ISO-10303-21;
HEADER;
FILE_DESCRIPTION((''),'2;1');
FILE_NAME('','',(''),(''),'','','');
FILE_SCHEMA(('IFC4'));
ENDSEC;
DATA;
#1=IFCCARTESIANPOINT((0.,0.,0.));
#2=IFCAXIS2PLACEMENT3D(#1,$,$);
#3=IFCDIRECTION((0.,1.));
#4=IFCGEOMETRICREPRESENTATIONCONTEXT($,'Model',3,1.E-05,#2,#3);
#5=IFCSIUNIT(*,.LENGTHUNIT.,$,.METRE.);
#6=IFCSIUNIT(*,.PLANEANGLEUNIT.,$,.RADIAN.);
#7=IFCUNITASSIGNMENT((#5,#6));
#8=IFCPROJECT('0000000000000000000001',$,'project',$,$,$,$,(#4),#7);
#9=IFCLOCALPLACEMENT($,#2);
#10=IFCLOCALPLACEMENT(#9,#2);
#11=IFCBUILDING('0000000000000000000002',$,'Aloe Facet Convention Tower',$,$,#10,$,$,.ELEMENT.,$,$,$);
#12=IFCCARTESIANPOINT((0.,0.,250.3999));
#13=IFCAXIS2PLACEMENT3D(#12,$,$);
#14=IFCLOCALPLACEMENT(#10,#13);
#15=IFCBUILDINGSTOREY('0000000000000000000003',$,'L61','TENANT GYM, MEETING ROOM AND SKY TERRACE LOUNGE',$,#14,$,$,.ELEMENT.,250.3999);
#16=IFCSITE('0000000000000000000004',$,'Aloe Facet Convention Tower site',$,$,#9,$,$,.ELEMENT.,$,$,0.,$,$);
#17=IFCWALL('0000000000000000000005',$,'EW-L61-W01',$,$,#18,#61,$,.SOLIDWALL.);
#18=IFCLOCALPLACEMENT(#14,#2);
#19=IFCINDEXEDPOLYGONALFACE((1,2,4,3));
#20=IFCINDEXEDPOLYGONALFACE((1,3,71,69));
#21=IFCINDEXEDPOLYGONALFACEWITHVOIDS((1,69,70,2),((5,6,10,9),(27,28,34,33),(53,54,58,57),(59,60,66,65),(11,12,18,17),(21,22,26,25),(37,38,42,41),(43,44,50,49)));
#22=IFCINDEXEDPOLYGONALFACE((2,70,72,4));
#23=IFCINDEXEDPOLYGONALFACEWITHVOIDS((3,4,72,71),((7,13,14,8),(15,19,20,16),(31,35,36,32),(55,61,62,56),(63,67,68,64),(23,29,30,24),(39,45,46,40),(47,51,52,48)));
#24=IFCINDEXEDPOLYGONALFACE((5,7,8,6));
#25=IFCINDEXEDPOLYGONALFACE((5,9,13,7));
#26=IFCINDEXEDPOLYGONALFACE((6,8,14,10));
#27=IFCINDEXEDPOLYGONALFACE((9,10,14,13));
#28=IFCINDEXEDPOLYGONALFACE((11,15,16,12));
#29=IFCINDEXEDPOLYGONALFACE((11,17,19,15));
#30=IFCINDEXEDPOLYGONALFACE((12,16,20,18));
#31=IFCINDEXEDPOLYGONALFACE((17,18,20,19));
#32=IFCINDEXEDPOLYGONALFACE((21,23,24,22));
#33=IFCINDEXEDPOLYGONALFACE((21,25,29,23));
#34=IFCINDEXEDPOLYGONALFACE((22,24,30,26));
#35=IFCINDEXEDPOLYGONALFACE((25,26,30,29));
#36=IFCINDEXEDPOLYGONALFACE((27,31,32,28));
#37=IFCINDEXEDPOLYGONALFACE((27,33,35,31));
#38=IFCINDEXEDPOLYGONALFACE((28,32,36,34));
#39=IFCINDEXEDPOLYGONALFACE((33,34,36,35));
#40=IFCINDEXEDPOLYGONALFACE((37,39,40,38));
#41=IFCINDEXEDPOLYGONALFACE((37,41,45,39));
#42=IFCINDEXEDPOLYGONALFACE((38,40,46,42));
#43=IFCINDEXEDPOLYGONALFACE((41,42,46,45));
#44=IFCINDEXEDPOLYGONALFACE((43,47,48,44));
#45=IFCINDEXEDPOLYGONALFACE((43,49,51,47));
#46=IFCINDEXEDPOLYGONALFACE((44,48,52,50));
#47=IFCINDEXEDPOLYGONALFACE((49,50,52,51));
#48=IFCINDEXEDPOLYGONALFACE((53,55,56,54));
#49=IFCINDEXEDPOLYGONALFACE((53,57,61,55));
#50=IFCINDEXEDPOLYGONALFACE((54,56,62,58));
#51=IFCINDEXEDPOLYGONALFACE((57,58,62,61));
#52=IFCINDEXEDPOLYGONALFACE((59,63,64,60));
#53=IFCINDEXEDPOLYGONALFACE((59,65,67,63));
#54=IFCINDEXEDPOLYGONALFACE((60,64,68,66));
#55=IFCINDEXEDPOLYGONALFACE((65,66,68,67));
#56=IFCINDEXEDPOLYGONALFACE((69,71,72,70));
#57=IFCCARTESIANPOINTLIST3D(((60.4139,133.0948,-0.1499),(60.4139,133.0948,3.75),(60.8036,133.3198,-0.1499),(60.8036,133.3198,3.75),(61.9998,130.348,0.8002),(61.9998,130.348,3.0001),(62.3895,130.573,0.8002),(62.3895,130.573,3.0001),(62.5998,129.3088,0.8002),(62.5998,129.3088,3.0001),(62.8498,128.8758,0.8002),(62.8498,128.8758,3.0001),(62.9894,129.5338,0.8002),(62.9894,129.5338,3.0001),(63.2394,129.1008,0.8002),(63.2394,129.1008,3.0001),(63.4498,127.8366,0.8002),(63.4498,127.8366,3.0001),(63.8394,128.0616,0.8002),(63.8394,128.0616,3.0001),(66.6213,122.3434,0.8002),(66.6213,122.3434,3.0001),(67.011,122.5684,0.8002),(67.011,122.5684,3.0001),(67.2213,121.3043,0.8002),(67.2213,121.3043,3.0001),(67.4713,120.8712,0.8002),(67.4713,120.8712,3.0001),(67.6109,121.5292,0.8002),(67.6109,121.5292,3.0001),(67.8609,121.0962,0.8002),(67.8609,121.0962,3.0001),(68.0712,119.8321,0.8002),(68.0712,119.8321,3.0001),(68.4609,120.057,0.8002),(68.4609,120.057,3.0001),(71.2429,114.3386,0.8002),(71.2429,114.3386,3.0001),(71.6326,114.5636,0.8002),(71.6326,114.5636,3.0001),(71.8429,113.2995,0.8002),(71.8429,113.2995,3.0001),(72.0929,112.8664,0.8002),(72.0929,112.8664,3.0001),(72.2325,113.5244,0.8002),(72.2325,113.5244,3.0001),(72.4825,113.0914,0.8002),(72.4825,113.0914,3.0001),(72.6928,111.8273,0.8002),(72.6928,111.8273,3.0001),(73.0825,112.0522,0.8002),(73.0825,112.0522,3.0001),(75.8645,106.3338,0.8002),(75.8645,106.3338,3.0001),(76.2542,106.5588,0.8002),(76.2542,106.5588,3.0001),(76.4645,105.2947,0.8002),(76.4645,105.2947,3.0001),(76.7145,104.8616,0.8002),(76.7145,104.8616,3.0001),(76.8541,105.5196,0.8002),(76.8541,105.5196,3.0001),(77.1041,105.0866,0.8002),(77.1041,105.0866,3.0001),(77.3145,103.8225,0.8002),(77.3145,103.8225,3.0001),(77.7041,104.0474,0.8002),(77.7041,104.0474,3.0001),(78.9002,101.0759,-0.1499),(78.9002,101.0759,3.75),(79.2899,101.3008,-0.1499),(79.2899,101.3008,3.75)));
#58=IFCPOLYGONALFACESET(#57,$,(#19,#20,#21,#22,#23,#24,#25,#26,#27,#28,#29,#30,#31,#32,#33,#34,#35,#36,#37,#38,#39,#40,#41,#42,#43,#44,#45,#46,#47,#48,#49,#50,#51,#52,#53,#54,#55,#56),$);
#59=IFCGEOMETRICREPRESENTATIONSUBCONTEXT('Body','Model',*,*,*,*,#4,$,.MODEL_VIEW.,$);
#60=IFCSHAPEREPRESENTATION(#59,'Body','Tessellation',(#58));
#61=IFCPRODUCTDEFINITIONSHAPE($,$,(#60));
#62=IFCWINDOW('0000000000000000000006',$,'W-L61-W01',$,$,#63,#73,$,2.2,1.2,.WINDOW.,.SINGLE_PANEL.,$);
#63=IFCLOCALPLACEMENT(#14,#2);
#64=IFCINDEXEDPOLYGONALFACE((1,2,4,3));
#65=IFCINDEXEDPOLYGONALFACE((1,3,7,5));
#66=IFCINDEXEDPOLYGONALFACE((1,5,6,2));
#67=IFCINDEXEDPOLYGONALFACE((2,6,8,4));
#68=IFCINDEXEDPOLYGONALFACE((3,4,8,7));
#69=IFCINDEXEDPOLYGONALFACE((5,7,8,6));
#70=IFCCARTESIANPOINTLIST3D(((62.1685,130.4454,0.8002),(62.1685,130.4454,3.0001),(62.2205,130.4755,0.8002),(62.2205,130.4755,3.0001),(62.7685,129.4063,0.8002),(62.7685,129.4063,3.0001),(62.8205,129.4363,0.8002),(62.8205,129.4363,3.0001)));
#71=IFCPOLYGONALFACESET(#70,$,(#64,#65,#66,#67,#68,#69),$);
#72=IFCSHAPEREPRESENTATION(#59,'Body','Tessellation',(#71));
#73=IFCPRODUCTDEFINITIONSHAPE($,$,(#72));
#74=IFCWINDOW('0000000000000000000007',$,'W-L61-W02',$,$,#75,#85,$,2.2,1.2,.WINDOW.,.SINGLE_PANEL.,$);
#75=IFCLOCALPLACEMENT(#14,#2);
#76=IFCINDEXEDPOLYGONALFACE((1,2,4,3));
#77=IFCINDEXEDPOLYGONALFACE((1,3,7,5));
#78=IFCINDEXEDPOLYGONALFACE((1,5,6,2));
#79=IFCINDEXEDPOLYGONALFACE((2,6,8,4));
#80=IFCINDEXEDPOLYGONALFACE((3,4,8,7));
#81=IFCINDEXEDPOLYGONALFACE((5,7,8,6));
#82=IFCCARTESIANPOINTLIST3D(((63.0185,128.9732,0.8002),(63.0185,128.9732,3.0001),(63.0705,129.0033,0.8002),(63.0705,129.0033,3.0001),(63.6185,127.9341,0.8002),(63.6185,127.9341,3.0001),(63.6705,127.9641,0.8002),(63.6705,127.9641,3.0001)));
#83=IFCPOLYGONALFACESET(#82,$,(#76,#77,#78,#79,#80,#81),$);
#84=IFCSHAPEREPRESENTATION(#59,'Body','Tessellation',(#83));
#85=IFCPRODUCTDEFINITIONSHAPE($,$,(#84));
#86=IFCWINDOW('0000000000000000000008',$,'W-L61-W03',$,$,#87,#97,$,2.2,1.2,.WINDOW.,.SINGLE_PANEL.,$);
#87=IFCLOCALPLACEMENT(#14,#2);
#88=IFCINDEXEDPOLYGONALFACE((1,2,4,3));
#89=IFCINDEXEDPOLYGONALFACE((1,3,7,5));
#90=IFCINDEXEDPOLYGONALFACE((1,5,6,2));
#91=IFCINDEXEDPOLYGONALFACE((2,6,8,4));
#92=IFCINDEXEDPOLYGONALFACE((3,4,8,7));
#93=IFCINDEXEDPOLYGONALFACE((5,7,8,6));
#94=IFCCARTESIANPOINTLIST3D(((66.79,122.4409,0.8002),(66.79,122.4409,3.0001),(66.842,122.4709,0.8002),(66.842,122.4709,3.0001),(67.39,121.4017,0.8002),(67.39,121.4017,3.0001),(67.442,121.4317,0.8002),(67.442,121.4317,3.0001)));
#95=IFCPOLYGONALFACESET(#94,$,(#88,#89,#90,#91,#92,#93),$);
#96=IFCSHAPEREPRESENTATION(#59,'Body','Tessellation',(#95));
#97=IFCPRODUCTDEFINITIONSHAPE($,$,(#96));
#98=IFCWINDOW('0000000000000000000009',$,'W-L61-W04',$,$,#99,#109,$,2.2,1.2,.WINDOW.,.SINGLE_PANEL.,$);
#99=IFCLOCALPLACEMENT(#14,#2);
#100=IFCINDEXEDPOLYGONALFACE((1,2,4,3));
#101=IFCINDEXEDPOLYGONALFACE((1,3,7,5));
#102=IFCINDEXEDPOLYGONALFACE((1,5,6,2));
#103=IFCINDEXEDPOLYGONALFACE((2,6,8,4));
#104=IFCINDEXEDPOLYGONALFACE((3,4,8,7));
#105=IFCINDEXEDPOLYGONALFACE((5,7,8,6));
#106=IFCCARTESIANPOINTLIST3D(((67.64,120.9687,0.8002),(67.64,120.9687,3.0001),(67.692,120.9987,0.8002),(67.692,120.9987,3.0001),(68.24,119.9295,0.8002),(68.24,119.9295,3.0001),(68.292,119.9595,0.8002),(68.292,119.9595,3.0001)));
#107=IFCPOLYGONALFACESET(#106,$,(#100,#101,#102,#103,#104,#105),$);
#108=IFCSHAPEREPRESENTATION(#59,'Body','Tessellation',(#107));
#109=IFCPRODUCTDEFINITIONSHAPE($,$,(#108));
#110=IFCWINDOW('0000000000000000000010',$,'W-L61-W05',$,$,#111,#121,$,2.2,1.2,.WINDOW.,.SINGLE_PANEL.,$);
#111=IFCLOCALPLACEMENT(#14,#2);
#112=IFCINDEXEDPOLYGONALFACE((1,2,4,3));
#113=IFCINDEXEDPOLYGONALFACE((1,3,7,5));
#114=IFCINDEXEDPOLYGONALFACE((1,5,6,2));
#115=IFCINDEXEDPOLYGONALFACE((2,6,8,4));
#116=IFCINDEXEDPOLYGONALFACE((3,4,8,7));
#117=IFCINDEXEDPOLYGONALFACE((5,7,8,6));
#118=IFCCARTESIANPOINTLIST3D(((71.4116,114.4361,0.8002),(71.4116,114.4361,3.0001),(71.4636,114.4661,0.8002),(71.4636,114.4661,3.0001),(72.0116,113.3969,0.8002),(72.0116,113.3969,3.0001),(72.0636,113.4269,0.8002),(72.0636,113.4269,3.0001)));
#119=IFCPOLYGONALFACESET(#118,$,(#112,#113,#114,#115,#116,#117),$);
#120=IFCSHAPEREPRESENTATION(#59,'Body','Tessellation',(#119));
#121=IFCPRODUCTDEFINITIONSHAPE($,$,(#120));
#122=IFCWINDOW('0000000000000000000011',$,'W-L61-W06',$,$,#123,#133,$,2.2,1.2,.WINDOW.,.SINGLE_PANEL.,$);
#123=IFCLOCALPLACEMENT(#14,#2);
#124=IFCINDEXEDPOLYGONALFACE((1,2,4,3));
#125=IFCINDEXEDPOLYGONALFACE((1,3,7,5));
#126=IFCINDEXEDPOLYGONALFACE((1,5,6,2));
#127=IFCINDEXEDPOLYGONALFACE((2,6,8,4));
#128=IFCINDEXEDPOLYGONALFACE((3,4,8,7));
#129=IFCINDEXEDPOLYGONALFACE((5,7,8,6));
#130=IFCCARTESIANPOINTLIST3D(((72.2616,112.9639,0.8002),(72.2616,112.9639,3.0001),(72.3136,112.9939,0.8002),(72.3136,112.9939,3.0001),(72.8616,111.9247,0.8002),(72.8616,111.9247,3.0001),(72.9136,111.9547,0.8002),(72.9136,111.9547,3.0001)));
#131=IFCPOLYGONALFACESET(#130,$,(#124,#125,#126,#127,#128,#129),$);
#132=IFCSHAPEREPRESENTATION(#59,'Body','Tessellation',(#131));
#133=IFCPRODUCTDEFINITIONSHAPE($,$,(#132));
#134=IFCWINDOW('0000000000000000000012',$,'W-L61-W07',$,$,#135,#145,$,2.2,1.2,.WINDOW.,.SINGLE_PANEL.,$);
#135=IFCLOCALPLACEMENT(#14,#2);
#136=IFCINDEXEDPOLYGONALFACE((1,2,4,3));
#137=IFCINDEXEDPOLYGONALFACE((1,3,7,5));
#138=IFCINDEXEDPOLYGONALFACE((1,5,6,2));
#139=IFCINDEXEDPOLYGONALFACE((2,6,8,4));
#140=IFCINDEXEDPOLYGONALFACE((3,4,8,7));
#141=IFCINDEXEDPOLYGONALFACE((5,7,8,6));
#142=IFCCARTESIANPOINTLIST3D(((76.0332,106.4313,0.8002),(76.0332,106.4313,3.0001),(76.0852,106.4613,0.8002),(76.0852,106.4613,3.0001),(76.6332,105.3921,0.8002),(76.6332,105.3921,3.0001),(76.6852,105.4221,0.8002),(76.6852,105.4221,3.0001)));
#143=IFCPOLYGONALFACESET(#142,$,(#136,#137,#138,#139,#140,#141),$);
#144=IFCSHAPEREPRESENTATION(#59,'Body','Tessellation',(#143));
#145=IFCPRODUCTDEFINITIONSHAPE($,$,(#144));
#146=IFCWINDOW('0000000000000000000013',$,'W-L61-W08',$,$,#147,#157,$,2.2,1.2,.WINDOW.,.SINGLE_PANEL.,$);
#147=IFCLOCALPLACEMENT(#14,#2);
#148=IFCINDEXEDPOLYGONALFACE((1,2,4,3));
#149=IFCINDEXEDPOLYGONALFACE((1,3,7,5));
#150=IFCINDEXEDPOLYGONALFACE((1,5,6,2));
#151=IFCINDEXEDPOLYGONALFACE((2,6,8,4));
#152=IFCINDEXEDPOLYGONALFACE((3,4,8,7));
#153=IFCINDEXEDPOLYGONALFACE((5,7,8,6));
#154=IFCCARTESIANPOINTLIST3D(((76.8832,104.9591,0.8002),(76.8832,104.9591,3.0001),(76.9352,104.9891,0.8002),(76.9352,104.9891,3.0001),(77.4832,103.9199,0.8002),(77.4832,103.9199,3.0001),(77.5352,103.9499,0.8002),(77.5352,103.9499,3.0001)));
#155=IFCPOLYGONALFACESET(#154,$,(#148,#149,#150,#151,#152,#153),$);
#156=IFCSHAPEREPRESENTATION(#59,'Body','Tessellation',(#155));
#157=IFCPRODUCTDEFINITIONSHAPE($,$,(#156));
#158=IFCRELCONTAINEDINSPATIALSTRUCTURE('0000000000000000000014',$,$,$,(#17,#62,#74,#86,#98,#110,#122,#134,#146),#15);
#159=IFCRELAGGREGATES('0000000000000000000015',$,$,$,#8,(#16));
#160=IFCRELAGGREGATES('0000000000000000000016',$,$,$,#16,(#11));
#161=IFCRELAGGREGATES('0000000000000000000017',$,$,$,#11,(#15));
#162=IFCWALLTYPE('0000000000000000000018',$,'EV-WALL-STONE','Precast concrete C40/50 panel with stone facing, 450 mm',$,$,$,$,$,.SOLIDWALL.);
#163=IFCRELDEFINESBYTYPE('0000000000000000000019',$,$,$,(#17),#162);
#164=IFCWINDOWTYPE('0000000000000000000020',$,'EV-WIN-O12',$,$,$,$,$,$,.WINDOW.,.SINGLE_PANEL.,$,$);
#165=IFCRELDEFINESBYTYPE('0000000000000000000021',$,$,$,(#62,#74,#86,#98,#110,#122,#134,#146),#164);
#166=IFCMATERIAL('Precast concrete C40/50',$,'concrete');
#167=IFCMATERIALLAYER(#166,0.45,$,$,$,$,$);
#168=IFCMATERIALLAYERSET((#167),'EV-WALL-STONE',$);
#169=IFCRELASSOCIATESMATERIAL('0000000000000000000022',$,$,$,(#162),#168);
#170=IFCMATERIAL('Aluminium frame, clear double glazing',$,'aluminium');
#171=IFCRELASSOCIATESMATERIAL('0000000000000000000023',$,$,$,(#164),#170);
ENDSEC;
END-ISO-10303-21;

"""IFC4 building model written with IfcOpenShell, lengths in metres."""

from ifc_helpers import new_model, si_unit, direction, frame, frame_2d, origin, place, context, subcontext, project, spatial, polyline, rectangle, outline, extrude, material, layer, layer_set, type_object, element, fill, save


model = new_model("IFC4")

# Units and contexts
model_context = context("Model", 3, precision=1e-05, world=origin(), true_north=direction((0.0, 1.0)))
body_context = subcontext(model_context, "Body", "Model", "MODEL_VIEW")
ifc_project = project(units=[si_unit("LENGTHUNIT", "METRE"), si_unit("PLANEANGLEUNIT", "RADIAN")], contexts=[model_context])

# Site, building, storey
site_placement = place(None, origin())
site = spatial("IfcSite", under=ifc_project, at=site_placement, Name="Aloe Facet Convention Tower site", CompositionType="ELEMENT", RefElevation=0.0)
building_placement = place(site_placement, origin())
building = spatial("IfcBuilding", under=site, at=building_placement, Name="Aloe Facet Convention Tower", CompositionType="ELEMENT")
storey_placement = place(building_placement, frame((0.0, 0.0, 250.3999)))
storey = spatial("IfcBuildingStorey", under=building, at=storey_placement, Name="L61", Description="TENANT GYM, MEETING ROOM AND SKY TERRACE LOUNGE", CompositionType="ELEMENT", Elevation=250.3999)

# Wall, openings, windows
ifc_material_1 = material(Name="Precast concrete C40/50", Category="concrete")
ifc_layer_1 = layer(ifc_material_1, 0.45)
ifc_layer_set_1 = layer_set([ifc_layer_1], Name="EV-WALL-STONE")
wall_type = type_object("IfcWallType", Name="EV-WALL-STONE", Description="Precast concrete C40/50 panel with stone facing, 450 mm", PredefinedType="SOLIDWALL", material=ifc_layer_set_1)
wall_1_placement = place(storey_placement, frame((60.6086, 133.2073, -0.1499), z_axis=(0.0, 0.0, 1.0), x_axis=(0.500003, -0.866024, 0.0)))
wall_1 = element("IfcWall", 1, at=wall_1_placement, inside=storey, type_object=wall_type, Name="EW-L61-W01", PredefinedType="SOLIDWALL", context=body_context, shape_type="SweptSolid", body=[
    extrude(outline(polyline([(36.9724, 0.0), (36.9724, 3.8999), (0.0, 3.8999), (0.0, 0.0), (36.9724, 0.0)])), frame((0.0, 0.2251, 0.0), z_axis=(0.0, -1.0, 0.0), x_axis=(1.0, 0.0, 0.0)), (0.0, 0.0, 1.0), 0.45),
])
opening_1_placement = place(wall_1_placement, frame((3.1716, 0.0, 0.95)))
opening_1 = element("IfcOpeningElement", 2, at=opening_1_placement, cuts=wall_1, PredefinedType="OPENING", context=body_context, shape_type="SweptSolid", body=[
    extrude(rectangle(XDim=1.2, YDim=2.2, at=frame_2d((0.6001, 1.1001))), frame((0.0, 0.2349, 0.0), z_axis=(0.0, -1.0, 0.0), x_axis=(1.0, 0.0, 0.0)), (0.0, 0.0, 1.0), 0.47),
])
opening_2_placement = place(wall_1_placement, frame((4.8716, 0.0, 0.95)))
opening_2 = element("IfcOpeningElement", 3, at=opening_2_placement, cuts=wall_1, PredefinedType="OPENING", context=body_context, shape_type="SweptSolid", body=[
    extrude(rectangle(XDim=1.2, YDim=2.2, at=frame_2d((0.6001, 1.1001))), frame((0.0, 0.2349, 0.0), z_axis=(0.0, -1.0, 0.0), x_axis=(1.0, 0.0, 0.0)), (0.0, 0.0, 1.0), 0.47),
])
opening_3_placement = place(wall_1_placement, frame((12.4146, 0.0, 0.95)))
opening_3 = element("IfcOpeningElement", 4, at=opening_3_placement, cuts=wall_1, PredefinedType="OPENING", context=body_context, shape_type="SweptSolid", body=[
    extrude(rectangle(XDim=1.2, YDim=2.2, at=frame_2d((0.6001, 1.1001))), frame((0.0, 0.2349, 0.0), z_axis=(0.0, -1.0, 0.0), x_axis=(1.0, 0.0, 0.0)), (0.0, 0.0, 1.0), 0.47),
])
opening_4_placement = place(wall_1_placement, frame((14.1145, 0.0, 0.95)))
opening_4 = element("IfcOpeningElement", 5, at=opening_4_placement, cuts=wall_1, PredefinedType="OPENING", context=body_context, shape_type="SweptSolid", body=[
    extrude(rectangle(XDim=1.2, YDim=2.2, at=frame_2d((0.6001, 1.1001))), frame((0.0, 0.2349, 0.0), z_axis=(0.0, -1.0, 0.0), x_axis=(1.0, 0.0, 0.0)), (0.0, 0.0, 1.0), 0.47),
])
opening_5_placement = place(wall_1_placement, frame((21.6577, 0.0, 0.95)))
opening_5 = element("IfcOpeningElement", 6, at=opening_5_placement, cuts=wall_1, PredefinedType="OPENING", context=body_context, shape_type="SweptSolid", body=[
    extrude(rectangle(XDim=1.2, YDim=2.2, at=frame_2d((0.6001, 1.1001))), frame((0.0, 0.2349, 0.0), z_axis=(0.0, -1.0, 0.0), x_axis=(1.0, 0.0, 0.0)), (0.0, 0.0, 1.0), 0.47),
])
opening_6_placement = place(wall_1_placement, frame((23.3577, 0.0, 0.95)))
opening_6 = element("IfcOpeningElement", 7, at=opening_6_placement, cuts=wall_1, PredefinedType="OPENING", context=body_context, shape_type="SweptSolid", body=[
    extrude(rectangle(XDim=1.2, YDim=2.2, at=frame_2d((0.6001, 1.1001))), frame((0.0, 0.2349, 0.0), z_axis=(0.0, -1.0, 0.0), x_axis=(1.0, 0.0, 0.0)), (0.0, 0.0, 1.0), 0.47),
])
opening_7_placement = place(wall_1_placement, frame((30.9009, 0.0, 0.95)))
opening_7 = element("IfcOpeningElement", 8, at=opening_7_placement, cuts=wall_1, PredefinedType="OPENING", context=body_context, shape_type="SweptSolid", body=[
    extrude(rectangle(XDim=1.2, YDim=2.2, at=frame_2d((0.6001, 1.1001))), frame((0.0, 0.2349, 0.0), z_axis=(0.0, -1.0, 0.0), x_axis=(1.0, 0.0, 0.0)), (0.0, 0.0, 1.0), 0.47),
])
opening_8_placement = place(wall_1_placement, frame((32.6008, 0.0, 0.95)))
opening_8 = element("IfcOpeningElement", 9, at=opening_8_placement, cuts=wall_1, PredefinedType="OPENING", context=body_context, shape_type="SweptSolid", body=[
    extrude(rectangle(XDim=1.2, YDim=2.2, at=frame_2d((0.6001, 1.1001))), frame((0.0, 0.2349, 0.0), z_axis=(0.0, -1.0, 0.0), x_axis=(1.0, 0.0, 0.0)), (0.0, 0.0, 1.0), 0.47),
])
ifc_material_2 = material(Name="Aluminium frame, clear double glazing", Category="aluminium")
window_type_1 = type_object("IfcWindowType", Name="EV-WIN-O12", PartitioningType="SINGLE_PANEL", PredefinedType="WINDOW", material=ifc_material_2)
window_1_placement = place(opening_1_placement, origin())
window_1 = element("IfcWindow", 10, at=window_1_placement, inside=storey, type_object=window_type_1, Name="W-L61-W01", OverallHeight=2.2, OverallWidth=1.2, PartitioningType="SINGLE_PANEL", PredefinedType="WINDOW", context=body_context, shape_type="SweptSolid", body=[
    extrude(rectangle(XDim=1.2, YDim=2.2, at=frame_2d((0.6001, 1.1001))), frame((0.0, 0.03, 0.0), z_axis=(0.0, -1.0, 0.0), x_axis=(1.0, 0.0, 0.0)), (0.0, 0.0, 1.0), 0.0601),
])
fill(opening_1, window_1)
window_2_placement = place(opening_2_placement, origin())
window_2 = element("IfcWindow", 11, at=window_2_placement, inside=storey, type_object=window_type_1, Name="W-L61-W02", OverallHeight=2.2, OverallWidth=1.2, PartitioningType="SINGLE_PANEL", PredefinedType="WINDOW", context=body_context, shape_type="SweptSolid", body=[
    extrude(rectangle(XDim=1.2, YDim=2.2, at=frame_2d((0.6001, 1.1001))), frame((0.0, 0.03, 0.0), z_axis=(0.0, -1.0, 0.0), x_axis=(1.0, 0.0, 0.0)), (0.0, 0.0, 1.0), 0.0601),
])
fill(opening_2, window_2)
window_3_placement = place(opening_3_placement, origin())
window_3 = element("IfcWindow", 12, at=window_3_placement, inside=storey, type_object=window_type_1, Name="W-L61-W03", OverallHeight=2.2, OverallWidth=1.2, PartitioningType="SINGLE_PANEL", PredefinedType="WINDOW", context=body_context, shape_type="SweptSolid", body=[
    extrude(rectangle(XDim=1.2, YDim=2.2, at=frame_2d((0.6001, 1.1001))), frame((0.0, 0.03, 0.0), z_axis=(0.0, -1.0, 0.0), x_axis=(1.0, 0.0, 0.0)), (0.0, 0.0, 1.0), 0.0601),
])
fill(opening_3, window_3)
window_4_placement = place(opening_4_placement, origin())
window_4 = element("IfcWindow", 13, at=window_4_placement, inside=storey, type_object=window_type_1, Name="W-L61-W04", OverallHeight=2.2, OverallWidth=1.2, PartitioningType="SINGLE_PANEL", PredefinedType="WINDOW", context=body_context, shape_type="SweptSolid", body=[
    extrude(rectangle(XDim=1.2, YDim=2.2, at=frame_2d((0.6001, 1.1001))), frame((0.0, 0.03, 0.0), z_axis=(0.0, -1.0, 0.0), x_axis=(1.0, 0.0, 0.0)), (0.0, 0.0, 1.0), 0.0601),
])
fill(opening_4, window_4)
window_5_placement = place(opening_5_placement, origin())
window_5 = element("IfcWindow", 14, at=window_5_placement, inside=storey, type_object=window_type_1, Name="W-L61-W05", OverallHeight=2.2, OverallWidth=1.2, PartitioningType="SINGLE_PANEL", PredefinedType="WINDOW", context=body_context, shape_type="SweptSolid", body=[
    extrude(rectangle(XDim=1.2, YDim=2.2, at=frame_2d((0.6001, 1.1001))), frame((0.0, 0.03, 0.0), z_axis=(0.0, -1.0, 0.0), x_axis=(1.0, 0.0, 0.0)), (0.0, 0.0, 1.0), 0.0601),
])
fill(opening_5, window_5)
window_6_placement = place(opening_6_placement, origin())
window_6 = element("IfcWindow", 15, at=window_6_placement, inside=storey, type_object=window_type_1, Name="W-L61-W06", OverallHeight=2.2, OverallWidth=1.2, PartitioningType="SINGLE_PANEL", PredefinedType="WINDOW", context=body_context, shape_type="SweptSolid", body=[
    extrude(rectangle(XDim=1.2, YDim=2.2, at=frame_2d((0.6001, 1.1001))), frame((0.0, 0.03, 0.0), z_axis=(0.0, -1.0, 0.0), x_axis=(1.0, 0.0, 0.0)), (0.0, 0.0, 1.0), 0.0601),
])
fill(opening_6, window_6)
window_7_placement = place(opening_7_placement, origin())
window_7 = element("IfcWindow", 16, at=window_7_placement, inside=storey, type_object=window_type_1, Name="W-L61-W07", OverallHeight=2.2, OverallWidth=1.2, PartitioningType="SINGLE_PANEL", PredefinedType="WINDOW", context=body_context, shape_type="SweptSolid", body=[
    extrude(rectangle(XDim=1.2, YDim=2.2, at=frame_2d((0.6001, 1.1001))), frame((0.0, 0.03, 0.0), z_axis=(0.0, -1.0, 0.0), x_axis=(1.0, 0.0, 0.0)), (0.0, 0.0, 1.0), 0.0601),
])
fill(opening_7, window_7)
window_8_placement = place(opening_8_placement, origin())
window_8 = element("IfcWindow", 17, at=window_8_placement, inside=storey, type_object=window_type_1, Name="W-L61-W08", OverallHeight=2.2, OverallWidth=1.2, PartitioningType="SINGLE_PANEL", PredefinedType="WINDOW", context=body_context, shape_type="SweptSolid", body=[
    extrude(rectangle(XDim=1.2, YDim=2.2, at=frame_2d((0.6001, 1.1001))), frame((0.0, 0.03, 0.0), z_axis=(0.0, -1.0, 0.0), x_axis=(1.0, 0.0, 0.0)), (0.0, 0.0, 1.0), 0.0601),
])
fill(opening_8, window_8)

save(model, "model.ifc")
